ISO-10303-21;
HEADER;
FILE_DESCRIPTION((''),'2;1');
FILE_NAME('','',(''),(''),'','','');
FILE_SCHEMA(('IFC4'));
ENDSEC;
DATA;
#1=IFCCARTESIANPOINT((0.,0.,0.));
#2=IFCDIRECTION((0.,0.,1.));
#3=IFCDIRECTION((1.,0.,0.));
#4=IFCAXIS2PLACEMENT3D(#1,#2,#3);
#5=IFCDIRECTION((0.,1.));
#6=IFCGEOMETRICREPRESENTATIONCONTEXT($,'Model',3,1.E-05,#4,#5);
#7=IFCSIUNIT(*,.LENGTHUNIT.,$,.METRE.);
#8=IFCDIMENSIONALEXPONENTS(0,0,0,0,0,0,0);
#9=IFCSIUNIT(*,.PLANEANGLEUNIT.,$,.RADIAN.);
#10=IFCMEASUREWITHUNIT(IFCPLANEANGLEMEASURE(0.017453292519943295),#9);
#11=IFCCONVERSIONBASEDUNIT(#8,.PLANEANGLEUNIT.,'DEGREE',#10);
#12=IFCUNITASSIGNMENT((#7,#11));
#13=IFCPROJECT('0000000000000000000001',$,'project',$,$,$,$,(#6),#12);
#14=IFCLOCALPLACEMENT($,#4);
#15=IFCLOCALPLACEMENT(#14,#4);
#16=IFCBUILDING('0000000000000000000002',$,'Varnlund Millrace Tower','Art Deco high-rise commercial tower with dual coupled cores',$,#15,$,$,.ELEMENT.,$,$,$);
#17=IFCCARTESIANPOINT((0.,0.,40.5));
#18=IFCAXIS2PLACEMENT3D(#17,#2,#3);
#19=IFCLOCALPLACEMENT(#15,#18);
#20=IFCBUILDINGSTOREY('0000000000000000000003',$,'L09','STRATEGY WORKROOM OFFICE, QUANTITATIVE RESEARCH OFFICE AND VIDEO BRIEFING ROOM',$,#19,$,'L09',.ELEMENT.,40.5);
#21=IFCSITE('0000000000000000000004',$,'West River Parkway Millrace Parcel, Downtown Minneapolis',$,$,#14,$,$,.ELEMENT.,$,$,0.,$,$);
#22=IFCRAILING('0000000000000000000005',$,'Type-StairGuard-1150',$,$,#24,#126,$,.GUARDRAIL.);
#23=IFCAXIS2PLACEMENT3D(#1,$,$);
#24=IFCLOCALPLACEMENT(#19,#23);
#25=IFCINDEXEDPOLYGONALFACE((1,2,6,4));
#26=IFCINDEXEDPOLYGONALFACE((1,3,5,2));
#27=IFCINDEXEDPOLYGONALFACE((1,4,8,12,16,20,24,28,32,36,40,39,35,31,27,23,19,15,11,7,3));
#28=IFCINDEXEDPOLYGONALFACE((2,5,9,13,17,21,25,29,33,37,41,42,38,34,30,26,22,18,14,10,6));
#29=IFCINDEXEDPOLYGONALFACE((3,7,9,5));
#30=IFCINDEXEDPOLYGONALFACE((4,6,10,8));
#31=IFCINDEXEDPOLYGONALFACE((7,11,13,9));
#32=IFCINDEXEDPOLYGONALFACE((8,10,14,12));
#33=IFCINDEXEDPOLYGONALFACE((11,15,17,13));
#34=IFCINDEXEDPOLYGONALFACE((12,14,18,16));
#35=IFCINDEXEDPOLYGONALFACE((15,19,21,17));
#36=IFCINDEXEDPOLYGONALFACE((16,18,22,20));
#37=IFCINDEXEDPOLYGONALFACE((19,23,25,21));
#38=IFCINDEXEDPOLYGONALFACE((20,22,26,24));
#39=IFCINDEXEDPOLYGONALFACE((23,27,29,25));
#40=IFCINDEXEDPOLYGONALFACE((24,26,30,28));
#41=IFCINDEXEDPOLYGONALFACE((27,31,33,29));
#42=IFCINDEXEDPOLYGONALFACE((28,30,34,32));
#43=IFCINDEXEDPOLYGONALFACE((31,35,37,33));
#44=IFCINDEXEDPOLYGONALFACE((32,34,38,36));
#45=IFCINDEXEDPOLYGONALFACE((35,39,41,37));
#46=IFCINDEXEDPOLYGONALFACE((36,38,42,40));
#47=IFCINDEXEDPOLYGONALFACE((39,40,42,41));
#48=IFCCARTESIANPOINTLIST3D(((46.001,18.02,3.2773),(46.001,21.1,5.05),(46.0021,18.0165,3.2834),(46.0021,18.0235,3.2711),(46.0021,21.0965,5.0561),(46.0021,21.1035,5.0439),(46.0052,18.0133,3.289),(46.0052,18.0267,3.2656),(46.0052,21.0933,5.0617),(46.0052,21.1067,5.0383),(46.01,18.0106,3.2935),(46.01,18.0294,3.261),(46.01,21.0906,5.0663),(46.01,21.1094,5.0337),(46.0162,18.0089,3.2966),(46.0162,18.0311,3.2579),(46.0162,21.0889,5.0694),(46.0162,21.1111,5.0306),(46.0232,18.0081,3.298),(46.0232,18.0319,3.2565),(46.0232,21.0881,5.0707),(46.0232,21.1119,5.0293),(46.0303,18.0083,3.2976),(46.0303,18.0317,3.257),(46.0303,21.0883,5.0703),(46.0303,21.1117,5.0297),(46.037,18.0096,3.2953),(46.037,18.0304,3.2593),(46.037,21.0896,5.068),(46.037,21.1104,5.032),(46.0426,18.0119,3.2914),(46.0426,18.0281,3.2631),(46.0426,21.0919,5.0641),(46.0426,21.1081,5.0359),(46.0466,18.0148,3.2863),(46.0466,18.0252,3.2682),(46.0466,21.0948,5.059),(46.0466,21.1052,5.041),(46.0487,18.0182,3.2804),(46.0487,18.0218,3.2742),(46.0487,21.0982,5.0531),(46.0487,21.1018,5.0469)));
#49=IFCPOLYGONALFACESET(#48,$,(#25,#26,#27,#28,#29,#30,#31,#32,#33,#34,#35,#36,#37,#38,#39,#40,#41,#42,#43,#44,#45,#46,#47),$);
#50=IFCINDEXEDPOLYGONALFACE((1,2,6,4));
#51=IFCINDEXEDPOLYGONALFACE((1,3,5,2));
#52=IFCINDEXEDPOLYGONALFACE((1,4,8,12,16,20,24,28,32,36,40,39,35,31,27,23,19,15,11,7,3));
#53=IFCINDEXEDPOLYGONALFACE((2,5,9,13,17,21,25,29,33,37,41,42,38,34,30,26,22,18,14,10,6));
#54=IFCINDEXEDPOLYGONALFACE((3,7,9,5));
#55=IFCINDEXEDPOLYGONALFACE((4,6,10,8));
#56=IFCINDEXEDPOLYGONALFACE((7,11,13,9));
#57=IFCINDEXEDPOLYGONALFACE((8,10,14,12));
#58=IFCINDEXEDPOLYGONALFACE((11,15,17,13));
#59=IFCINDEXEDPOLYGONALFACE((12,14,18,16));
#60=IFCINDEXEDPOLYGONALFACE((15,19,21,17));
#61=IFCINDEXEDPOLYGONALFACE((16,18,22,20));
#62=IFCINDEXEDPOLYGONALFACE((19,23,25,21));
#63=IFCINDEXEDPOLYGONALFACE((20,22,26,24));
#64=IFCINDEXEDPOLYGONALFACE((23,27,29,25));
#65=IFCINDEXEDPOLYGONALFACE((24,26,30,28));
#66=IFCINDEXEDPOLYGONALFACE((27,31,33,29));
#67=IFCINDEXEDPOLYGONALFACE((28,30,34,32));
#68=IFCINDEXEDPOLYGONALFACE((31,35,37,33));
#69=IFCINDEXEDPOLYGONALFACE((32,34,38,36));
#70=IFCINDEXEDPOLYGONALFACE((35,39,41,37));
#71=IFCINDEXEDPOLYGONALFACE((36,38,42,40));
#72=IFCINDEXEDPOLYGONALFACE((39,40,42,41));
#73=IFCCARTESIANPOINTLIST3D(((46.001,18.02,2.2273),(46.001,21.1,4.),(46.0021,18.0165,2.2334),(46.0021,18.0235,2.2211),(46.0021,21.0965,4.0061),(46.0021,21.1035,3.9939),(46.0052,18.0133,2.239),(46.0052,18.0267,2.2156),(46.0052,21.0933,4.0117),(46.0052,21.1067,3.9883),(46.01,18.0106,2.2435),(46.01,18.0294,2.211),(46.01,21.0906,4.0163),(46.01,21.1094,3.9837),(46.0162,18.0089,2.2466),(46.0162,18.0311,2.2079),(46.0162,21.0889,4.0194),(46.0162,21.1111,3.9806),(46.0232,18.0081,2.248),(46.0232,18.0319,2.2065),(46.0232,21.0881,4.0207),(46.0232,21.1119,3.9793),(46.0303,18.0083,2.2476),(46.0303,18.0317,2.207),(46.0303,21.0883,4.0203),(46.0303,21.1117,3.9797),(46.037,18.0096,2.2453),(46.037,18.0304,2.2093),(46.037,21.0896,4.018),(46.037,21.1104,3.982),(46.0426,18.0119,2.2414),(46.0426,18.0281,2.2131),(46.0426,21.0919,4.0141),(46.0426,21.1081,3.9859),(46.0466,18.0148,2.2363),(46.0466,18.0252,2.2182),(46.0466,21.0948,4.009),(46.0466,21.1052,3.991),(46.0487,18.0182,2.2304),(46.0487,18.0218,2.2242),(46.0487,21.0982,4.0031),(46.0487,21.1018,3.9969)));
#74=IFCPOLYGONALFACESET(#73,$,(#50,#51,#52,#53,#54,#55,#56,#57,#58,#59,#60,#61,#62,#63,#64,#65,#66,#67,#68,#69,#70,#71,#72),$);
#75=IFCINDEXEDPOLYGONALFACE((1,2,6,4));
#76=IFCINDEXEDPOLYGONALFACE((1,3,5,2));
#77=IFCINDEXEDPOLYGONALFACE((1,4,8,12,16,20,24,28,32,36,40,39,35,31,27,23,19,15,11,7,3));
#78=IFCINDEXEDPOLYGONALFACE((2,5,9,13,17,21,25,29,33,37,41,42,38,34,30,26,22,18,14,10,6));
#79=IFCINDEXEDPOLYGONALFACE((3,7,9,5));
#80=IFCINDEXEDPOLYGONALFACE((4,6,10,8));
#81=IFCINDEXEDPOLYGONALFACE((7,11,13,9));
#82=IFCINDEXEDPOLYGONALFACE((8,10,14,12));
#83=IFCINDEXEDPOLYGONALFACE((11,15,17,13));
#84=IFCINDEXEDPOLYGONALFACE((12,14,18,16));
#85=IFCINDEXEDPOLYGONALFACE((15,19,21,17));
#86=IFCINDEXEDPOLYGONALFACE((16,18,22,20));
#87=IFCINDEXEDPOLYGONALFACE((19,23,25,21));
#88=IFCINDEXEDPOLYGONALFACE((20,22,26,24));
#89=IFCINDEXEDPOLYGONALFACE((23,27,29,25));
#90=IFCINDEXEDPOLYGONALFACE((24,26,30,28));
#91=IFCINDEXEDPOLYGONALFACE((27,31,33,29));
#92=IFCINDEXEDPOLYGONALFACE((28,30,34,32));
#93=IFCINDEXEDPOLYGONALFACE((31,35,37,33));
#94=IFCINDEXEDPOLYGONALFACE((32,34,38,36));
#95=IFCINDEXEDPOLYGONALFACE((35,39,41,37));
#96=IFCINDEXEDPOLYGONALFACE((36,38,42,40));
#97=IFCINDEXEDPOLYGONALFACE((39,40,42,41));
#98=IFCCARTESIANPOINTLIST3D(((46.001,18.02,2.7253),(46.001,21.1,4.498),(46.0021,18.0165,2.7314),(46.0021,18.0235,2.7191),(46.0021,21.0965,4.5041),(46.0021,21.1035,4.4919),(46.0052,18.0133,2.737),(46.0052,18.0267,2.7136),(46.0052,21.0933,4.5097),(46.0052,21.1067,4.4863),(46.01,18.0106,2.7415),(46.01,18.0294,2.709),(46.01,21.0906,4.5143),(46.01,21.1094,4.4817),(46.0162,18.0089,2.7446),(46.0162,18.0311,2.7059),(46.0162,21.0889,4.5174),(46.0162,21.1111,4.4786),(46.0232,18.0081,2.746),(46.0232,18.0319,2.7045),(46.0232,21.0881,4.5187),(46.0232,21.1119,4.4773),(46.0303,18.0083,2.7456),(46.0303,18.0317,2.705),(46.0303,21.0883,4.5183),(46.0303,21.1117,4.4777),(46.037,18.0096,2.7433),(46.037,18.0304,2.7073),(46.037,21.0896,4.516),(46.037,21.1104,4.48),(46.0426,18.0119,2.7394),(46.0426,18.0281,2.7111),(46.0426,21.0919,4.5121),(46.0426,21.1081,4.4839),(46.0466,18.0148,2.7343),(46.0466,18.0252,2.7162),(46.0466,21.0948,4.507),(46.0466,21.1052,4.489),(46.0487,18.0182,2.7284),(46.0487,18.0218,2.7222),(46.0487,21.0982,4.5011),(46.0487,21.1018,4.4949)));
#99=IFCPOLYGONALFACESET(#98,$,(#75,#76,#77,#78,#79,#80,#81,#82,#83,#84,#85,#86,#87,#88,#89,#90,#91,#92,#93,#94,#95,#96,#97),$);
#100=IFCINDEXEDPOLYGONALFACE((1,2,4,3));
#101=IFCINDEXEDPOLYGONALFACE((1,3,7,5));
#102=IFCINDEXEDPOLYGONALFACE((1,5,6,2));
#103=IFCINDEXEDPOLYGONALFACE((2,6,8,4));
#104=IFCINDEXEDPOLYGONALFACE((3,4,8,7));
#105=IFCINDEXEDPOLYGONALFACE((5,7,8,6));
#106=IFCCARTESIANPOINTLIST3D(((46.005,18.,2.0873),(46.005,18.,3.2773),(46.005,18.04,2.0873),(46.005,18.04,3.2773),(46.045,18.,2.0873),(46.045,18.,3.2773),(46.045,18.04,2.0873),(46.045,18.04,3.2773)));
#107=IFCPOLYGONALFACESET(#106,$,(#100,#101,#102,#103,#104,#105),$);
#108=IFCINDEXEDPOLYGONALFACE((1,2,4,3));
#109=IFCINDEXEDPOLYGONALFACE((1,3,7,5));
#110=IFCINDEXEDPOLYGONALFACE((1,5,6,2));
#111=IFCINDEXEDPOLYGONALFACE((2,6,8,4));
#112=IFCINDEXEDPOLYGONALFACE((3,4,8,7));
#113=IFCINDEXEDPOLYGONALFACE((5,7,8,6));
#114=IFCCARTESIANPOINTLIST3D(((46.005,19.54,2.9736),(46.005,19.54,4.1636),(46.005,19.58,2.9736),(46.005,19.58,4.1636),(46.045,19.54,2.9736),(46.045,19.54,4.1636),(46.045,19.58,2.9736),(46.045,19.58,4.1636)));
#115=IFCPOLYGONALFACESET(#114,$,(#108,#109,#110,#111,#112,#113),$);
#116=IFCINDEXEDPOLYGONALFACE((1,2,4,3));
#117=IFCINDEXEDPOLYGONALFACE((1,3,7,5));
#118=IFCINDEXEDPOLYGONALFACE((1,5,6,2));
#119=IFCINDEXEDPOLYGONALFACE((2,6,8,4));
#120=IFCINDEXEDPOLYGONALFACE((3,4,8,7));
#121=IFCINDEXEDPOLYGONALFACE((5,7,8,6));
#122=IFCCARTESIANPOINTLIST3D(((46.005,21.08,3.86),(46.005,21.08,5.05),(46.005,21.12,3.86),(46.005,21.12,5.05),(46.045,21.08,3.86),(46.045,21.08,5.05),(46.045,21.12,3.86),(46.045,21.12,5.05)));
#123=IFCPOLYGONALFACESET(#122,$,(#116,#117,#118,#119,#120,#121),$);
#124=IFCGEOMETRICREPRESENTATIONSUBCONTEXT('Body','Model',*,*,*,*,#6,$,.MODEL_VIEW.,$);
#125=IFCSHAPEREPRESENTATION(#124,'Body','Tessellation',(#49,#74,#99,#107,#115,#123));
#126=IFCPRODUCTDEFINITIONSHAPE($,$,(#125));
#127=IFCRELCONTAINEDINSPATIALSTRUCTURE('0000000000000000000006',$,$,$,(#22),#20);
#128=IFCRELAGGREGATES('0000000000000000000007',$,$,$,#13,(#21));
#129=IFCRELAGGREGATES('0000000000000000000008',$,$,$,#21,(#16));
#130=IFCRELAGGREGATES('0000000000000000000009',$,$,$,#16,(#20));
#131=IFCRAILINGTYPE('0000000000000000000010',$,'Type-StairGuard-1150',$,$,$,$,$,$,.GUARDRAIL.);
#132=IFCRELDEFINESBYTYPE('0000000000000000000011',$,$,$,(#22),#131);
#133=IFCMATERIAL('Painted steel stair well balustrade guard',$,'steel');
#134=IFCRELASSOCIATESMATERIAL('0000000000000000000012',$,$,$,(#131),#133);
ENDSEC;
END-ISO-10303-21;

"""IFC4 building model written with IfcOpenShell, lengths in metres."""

from ifc_helpers import new_model, entity, si_unit, converted_unit, direction, frame, origin_with_axes, origin_2d_with_axis, place, context, subcontext, project, spatial, rectangle, circle, extrude, material, type_object, element, save


model = new_model("IFC4")

# Units and contexts
model_context = context("Model", 3, precision=1e-05, world=origin_with_axes(), true_north=direction((0.0, 1.0)))
body_context = subcontext(model_context, "Body", "Model", "MODEL_VIEW")
ifc_project = project(units=[si_unit("LENGTHUNIT", "METRE"), converted_unit("PLANEANGLEUNIT", "DEGREE", entity("IfcPlaneAngleMeasure", 0.017453292519943295), si_unit("PLANEANGLEUNIT", "RADIAN"), dimensions=[0, 0, 0, 0, 0, 0, 0])], contexts=[model_context])

# Site, building, storey
site_placement = place(None, origin_with_axes())
site = spatial("IfcSite", under=ifc_project, at=site_placement, Name="West River Parkway Millrace Parcel, Downtown Minneapolis", CompositionType="ELEMENT", RefElevation=0.0)
building_placement = place(site_placement, origin_with_axes())
building = spatial("IfcBuilding", under=site, at=building_placement, Name="Varnlund Millrace Tower", Description="Art Deco high-rise commercial tower with dual coupled cores", CompositionType="ELEMENT")
storey_placement = place(building_placement, frame((0.0, 0.0, 40.5), z_axis=(0.0, 0.0, 1.0), x_axis=(1.0, 0.0, 0.0)))
storey = spatial("IfcBuildingStorey", under=building, at=storey_placement, Name="L09", Description="STRATEGY WORKROOM OFFICE, QUANTITATIVE RESEARCH OFFICE AND VIDEO BRIEFING ROOM", LongName="L09", CompositionType="ELEMENT", Elevation=40.5)

# Railing
ifc_material_1 = material(Name="Painted steel stair well balustrade guard", Category="steel")
railing_type_1 = type_object("IfcRailingType", Name="Type-StairGuard-1150", PredefinedType="GUARDRAIL", material=ifc_material_1)
railing_1_placement = place(storey_placement, frame((0.0, 0.0, -40.5), z_axis=(0.0, 0.0, 1.0), x_axis=(1.0, 0.0, 0.0)))
element("IfcRailing", 1, at=railing_1_placement, inside=storey, type_object=railing_type_1, Name="Type-StairGuard-1150", PredefinedType="GUARDRAIL", context=body_context, shape_type="SweptSolid", body=[
    extrude(circle(Radius=0.024, at=origin_2d_with_axis()), frame((46.025, 18.02, 43.7773), z_axis=(0.0, 0.866696, 0.498836), x_axis=(-1.0, 0.0, 0.0)), (0.0, 0.0, 1.0), 3.5537),
    extrude(circle(Radius=0.024, at=origin_2d_with_axis()), frame((46.025, 18.02, 42.7273), z_axis=(0.0, 0.866696, 0.498836), x_axis=(-1.0, 0.0, 0.0)), (0.0, 0.0, 1.0), 3.5537),
    extrude(circle(Radius=0.024, at=origin_2d_with_axis()), frame((46.025, 18.02, 43.2253), z_axis=(0.0, 0.866696, 0.498836), x_axis=(-1.0, 0.0, 0.0)), (0.0, 0.0, 1.0), 3.5537),
    extrude(rectangle(XDim=0.04, YDim=0.04, at=origin_2d_with_axis()), frame((46.025, 18.02, 42.5873), z_axis=(0.0, 0.0, 1.0), x_axis=(1.0, 0.0, 0.0)), (0.0, 0.0, 1.0), 1.19),
    extrude(rectangle(XDim=0.04, YDim=0.04, at=origin_2d_with_axis()), frame((46.025, 19.56, 43.4736), z_axis=(0.0, 0.0, 1.0), x_axis=(1.0, 0.0, 0.0)), (0.0, 0.0, 1.0), 1.19),
    extrude(rectangle(XDim=0.04, YDim=0.04, at=origin_2d_with_axis()), frame((46.025, 21.1, 44.36), z_axis=(0.0, 0.0, 1.0), x_axis=(1.0, 0.0, 0.0)), (0.0, 0.0, 1.0), 1.19),
])

save(model, "model.ifc")
